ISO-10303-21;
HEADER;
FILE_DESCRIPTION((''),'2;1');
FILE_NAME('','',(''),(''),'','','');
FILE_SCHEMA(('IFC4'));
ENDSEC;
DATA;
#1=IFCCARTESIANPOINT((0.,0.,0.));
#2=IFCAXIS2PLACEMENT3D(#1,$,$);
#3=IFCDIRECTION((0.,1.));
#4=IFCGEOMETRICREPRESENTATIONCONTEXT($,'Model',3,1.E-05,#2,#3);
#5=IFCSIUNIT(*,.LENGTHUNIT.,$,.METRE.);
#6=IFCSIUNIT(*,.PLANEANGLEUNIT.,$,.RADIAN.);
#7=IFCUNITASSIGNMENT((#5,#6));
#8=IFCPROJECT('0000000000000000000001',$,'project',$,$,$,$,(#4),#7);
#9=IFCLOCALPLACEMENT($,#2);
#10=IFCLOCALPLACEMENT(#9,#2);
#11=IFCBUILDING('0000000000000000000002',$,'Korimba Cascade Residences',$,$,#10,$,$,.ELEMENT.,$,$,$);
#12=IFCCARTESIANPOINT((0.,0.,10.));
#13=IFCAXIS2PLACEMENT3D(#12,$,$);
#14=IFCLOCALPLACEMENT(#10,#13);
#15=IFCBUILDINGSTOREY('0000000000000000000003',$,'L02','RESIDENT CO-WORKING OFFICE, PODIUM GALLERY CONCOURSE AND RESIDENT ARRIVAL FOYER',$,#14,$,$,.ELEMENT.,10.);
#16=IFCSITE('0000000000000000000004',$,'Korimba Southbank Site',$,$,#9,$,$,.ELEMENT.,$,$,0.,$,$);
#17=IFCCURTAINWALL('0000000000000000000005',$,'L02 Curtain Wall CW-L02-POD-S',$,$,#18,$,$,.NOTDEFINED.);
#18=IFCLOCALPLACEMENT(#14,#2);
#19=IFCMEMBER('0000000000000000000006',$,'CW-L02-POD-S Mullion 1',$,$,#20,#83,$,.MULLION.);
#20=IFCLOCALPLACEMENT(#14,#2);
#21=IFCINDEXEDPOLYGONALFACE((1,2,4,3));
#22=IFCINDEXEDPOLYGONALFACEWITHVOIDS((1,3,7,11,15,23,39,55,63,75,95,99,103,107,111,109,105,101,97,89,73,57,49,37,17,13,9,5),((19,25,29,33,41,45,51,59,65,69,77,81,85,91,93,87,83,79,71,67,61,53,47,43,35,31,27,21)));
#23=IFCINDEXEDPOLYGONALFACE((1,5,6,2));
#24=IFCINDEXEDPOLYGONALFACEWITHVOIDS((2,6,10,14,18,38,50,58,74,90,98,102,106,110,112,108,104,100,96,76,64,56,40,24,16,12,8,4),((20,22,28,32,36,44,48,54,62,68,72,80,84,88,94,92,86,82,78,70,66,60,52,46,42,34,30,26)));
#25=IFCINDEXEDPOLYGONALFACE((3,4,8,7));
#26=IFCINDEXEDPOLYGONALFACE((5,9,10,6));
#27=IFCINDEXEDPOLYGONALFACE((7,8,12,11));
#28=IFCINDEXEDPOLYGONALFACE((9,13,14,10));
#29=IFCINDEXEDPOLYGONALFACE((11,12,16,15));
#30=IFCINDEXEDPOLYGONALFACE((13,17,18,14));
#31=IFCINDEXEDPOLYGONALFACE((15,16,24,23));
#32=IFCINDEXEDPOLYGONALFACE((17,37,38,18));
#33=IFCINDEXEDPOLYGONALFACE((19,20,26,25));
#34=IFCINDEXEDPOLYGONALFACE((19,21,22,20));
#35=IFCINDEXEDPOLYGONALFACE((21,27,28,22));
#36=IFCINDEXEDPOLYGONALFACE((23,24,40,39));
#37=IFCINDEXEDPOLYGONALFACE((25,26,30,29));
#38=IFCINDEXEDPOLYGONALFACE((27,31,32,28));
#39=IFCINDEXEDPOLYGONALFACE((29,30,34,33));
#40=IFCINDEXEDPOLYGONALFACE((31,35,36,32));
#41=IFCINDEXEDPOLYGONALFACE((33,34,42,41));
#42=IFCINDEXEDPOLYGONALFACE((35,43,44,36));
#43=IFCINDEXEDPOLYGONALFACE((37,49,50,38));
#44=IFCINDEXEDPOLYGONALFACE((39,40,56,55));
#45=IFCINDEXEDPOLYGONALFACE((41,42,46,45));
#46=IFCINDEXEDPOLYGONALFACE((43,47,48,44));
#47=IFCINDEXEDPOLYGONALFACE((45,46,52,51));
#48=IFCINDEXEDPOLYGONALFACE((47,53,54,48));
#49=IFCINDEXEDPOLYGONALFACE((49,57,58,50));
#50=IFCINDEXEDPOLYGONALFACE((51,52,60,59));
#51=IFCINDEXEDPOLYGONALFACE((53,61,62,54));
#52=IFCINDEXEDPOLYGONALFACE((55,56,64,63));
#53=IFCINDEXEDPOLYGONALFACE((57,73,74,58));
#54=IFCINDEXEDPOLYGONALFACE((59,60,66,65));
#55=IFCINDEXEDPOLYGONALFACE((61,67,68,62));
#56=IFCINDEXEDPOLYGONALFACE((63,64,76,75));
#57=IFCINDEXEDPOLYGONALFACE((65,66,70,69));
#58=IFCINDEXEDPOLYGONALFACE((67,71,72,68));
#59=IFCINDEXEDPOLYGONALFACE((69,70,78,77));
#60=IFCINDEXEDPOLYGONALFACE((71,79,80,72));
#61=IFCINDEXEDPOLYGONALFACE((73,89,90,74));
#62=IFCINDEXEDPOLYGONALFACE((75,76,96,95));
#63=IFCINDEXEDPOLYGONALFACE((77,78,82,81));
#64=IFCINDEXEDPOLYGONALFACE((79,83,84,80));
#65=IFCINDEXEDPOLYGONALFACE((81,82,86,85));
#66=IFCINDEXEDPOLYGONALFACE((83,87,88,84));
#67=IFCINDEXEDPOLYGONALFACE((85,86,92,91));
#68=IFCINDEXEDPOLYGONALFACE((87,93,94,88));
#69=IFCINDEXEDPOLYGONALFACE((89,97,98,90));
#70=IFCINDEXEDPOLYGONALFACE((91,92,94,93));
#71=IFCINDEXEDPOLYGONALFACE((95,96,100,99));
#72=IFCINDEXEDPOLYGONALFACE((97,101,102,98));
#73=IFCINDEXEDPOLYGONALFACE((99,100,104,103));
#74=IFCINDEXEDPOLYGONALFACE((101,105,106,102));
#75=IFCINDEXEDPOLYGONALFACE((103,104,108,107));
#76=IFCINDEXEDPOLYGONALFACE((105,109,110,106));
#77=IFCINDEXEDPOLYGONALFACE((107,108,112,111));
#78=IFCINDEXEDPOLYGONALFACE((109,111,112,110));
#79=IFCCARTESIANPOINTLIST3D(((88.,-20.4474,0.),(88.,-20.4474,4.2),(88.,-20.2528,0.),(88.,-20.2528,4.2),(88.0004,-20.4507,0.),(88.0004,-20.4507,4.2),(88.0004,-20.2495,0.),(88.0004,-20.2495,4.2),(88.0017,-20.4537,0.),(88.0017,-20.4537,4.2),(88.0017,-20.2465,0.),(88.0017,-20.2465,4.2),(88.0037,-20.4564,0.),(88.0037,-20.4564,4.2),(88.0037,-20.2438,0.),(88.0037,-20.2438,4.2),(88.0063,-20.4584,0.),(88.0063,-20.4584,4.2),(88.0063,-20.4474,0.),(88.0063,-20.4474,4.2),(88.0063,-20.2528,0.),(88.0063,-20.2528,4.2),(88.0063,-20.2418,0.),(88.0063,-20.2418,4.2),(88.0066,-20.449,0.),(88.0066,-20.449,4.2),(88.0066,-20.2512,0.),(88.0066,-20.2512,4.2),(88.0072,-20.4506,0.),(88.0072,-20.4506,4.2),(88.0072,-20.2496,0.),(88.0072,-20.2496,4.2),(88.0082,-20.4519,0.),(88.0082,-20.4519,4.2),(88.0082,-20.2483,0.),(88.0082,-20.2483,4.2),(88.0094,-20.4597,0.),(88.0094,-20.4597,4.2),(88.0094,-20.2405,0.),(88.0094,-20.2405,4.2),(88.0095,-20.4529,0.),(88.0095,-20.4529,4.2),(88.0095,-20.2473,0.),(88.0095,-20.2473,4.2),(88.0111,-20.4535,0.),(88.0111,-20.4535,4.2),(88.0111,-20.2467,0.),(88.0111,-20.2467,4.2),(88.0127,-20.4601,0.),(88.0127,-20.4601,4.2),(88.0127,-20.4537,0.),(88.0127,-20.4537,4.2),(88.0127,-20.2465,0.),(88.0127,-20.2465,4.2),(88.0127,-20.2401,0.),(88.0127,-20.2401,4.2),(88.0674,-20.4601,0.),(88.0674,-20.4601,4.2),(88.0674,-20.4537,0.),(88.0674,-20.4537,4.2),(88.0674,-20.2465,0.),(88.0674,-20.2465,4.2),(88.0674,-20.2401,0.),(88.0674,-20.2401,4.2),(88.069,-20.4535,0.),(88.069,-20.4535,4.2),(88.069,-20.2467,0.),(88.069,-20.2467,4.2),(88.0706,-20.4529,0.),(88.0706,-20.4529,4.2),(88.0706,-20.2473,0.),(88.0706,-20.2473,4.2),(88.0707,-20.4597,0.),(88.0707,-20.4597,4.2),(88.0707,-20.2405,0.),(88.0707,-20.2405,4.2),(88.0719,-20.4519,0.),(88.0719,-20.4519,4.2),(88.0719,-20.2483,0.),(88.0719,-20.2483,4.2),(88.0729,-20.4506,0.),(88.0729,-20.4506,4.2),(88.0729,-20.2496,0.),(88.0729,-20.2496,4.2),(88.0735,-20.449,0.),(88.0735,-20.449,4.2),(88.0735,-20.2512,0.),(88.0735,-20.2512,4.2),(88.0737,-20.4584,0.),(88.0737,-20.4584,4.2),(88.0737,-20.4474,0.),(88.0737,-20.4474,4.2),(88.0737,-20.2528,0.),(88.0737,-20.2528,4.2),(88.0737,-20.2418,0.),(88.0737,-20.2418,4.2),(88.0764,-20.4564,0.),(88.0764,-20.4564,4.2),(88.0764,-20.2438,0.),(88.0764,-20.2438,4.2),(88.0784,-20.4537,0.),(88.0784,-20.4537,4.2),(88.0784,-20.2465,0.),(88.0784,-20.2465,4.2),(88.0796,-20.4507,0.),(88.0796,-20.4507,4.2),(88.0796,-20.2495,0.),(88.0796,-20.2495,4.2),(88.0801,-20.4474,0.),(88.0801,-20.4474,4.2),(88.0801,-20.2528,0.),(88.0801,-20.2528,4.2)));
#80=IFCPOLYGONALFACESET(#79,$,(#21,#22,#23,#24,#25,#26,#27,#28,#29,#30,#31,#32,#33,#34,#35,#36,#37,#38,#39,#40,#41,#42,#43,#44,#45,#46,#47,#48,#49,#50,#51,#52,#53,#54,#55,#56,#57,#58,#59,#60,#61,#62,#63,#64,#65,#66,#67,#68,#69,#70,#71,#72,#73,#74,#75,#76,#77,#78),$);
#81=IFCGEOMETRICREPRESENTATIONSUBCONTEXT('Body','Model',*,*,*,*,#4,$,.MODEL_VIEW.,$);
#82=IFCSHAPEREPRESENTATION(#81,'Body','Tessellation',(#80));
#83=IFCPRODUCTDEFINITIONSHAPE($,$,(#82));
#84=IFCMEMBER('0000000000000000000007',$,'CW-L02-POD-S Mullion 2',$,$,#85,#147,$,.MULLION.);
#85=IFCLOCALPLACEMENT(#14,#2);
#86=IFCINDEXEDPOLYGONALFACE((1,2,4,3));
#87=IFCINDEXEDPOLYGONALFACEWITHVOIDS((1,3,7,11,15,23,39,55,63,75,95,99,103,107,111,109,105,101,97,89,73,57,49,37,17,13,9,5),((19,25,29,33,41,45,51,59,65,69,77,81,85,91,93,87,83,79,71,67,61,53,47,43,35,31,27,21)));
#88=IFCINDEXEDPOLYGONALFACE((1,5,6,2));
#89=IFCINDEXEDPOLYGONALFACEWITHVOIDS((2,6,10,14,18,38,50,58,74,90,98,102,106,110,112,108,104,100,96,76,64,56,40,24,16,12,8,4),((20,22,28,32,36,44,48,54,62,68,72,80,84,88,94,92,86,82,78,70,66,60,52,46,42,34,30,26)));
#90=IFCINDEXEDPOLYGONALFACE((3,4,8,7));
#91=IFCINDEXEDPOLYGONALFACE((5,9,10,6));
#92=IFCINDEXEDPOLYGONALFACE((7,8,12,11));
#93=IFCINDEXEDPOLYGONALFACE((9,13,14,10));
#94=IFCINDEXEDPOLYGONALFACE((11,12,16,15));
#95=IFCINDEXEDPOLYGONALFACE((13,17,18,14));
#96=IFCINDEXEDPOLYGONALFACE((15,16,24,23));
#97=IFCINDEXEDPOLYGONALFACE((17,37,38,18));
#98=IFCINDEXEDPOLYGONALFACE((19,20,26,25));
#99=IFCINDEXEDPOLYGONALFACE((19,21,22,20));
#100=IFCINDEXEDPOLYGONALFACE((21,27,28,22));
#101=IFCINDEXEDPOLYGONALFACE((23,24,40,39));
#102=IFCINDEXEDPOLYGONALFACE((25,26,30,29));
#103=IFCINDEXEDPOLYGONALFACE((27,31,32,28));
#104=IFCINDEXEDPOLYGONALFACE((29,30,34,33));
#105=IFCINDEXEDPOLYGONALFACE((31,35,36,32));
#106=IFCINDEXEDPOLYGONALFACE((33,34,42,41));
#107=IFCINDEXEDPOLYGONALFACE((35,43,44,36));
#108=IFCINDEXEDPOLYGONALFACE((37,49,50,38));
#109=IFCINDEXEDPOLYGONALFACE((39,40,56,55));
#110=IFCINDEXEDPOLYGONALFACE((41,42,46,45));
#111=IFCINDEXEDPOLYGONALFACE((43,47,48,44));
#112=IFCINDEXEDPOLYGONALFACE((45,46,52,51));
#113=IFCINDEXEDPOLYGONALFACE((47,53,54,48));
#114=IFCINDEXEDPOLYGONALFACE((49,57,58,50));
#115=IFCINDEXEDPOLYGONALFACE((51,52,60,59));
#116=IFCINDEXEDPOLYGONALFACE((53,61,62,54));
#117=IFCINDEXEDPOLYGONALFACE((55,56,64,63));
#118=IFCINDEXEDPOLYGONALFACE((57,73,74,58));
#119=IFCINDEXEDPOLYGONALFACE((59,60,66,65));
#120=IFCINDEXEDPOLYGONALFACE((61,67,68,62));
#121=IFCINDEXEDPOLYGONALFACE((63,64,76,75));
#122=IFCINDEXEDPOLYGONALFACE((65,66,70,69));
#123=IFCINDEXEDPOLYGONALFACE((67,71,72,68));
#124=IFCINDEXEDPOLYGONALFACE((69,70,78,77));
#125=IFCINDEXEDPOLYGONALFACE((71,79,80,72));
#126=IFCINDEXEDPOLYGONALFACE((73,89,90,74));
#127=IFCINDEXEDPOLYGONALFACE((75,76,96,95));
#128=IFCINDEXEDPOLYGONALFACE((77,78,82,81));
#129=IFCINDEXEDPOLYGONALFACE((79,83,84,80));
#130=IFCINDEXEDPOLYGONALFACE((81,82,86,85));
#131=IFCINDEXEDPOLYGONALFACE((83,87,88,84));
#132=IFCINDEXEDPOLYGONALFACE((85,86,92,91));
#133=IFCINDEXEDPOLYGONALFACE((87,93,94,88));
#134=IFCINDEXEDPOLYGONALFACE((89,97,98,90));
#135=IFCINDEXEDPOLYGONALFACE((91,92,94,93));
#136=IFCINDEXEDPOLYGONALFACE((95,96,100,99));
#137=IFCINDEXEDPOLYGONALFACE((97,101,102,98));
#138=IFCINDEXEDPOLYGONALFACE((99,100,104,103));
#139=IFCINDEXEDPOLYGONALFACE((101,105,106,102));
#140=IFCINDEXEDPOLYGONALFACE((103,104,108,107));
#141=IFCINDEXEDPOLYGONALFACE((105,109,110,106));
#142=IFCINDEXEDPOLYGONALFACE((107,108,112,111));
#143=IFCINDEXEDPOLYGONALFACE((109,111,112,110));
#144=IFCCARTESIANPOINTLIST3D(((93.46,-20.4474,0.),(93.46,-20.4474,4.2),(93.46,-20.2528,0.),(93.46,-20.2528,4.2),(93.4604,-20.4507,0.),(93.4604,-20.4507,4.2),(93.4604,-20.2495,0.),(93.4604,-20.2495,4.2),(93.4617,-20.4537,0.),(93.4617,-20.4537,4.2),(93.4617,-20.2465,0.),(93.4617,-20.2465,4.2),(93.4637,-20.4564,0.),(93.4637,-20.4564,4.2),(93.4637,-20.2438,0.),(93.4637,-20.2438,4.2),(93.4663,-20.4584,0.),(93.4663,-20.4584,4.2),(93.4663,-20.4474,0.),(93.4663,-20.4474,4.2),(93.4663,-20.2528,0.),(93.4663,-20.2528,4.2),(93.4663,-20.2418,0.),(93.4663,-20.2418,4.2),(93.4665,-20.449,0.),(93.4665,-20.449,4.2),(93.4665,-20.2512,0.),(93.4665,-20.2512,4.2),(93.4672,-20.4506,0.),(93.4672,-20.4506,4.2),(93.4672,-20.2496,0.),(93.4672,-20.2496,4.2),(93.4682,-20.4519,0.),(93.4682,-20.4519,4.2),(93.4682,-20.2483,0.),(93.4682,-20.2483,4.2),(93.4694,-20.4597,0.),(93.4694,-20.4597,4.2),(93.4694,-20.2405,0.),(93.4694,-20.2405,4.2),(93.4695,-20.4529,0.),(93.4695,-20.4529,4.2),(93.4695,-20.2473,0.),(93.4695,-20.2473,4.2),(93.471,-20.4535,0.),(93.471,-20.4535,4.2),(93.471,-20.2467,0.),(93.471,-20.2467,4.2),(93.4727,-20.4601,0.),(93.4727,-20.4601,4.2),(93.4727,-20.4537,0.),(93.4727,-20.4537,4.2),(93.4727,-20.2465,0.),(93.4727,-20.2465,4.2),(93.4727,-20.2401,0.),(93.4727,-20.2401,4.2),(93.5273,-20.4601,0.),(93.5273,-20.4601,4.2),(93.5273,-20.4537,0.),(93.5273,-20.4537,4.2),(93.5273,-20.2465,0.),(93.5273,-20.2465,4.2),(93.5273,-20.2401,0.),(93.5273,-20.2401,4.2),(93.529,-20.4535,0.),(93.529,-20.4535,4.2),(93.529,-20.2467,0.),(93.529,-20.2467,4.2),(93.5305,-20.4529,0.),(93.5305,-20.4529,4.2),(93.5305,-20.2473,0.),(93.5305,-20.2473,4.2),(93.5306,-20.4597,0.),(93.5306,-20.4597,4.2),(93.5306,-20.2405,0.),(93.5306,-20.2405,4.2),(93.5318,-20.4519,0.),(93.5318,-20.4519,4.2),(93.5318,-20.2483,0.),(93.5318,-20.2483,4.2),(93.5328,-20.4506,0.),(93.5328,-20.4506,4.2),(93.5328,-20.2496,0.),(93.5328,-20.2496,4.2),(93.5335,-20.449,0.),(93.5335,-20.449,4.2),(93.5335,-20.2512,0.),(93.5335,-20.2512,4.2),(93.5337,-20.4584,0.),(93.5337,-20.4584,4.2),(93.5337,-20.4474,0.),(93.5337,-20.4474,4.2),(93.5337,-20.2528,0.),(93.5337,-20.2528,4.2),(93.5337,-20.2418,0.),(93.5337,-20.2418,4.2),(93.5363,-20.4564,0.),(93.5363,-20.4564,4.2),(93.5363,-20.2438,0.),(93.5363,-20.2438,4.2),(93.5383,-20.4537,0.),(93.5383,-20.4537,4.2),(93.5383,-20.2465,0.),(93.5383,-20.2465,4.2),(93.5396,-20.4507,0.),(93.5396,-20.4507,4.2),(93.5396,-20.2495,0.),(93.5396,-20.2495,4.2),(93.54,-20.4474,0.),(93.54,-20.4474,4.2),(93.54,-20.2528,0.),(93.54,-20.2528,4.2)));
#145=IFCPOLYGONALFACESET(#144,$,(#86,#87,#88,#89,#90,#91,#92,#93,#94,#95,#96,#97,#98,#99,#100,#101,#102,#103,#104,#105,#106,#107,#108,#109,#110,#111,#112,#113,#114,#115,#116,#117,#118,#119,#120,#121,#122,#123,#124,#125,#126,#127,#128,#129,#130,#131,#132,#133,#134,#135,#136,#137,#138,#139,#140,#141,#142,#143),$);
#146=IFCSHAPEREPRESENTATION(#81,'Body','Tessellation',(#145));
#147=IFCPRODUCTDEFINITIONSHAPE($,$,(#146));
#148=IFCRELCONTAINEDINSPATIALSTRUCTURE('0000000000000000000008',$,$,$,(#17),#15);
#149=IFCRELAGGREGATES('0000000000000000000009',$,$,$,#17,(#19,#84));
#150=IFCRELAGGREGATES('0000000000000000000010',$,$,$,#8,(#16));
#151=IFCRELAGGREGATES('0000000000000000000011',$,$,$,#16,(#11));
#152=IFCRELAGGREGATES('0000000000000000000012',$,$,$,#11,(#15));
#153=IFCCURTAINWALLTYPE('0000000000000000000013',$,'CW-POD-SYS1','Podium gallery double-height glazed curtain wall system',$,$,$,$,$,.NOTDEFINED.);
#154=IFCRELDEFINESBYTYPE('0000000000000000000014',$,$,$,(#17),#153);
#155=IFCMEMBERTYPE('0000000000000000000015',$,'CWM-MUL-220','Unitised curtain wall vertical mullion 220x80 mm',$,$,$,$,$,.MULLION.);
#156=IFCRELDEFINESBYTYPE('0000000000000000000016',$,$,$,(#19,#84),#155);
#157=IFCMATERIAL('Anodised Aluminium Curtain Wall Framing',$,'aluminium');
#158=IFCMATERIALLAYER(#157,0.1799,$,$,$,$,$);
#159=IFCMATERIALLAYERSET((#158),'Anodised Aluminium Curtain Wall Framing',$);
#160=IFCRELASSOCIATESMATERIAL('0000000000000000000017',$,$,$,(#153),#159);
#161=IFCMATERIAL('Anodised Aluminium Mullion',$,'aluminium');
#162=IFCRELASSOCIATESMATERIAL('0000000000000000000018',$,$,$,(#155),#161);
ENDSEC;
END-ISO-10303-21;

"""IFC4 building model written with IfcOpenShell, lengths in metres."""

from ifc_helpers import new_model, si_unit, direction, frame, origin, origin_2d, place, context, subcontext, project, spatial, hollow_rectangle, extrude, material, layer, layer_set, material_profile, profile_set, type_object, element, aggregate, save


model = new_model("IFC4")

# Units and contexts
model_context = context("Model", 3, precision=1e-05, world=origin(), true_north=direction((0.0, 1.0)))
body_context = subcontext(model_context, "Body", "Model", "MODEL_VIEW")
ifc_project = project(units=[si_unit("LENGTHUNIT", "METRE"), si_unit("PLANEANGLEUNIT", "RADIAN")], contexts=[model_context])

# Site, building, storey
site_placement = place(None, origin())
site = spatial("IfcSite", under=ifc_project, at=site_placement, Name="Korimba Southbank Site", CompositionType="ELEMENT", RefElevation=0.0)
building_placement = place(site_placement, origin())
building = spatial("IfcBuilding", under=site, at=building_placement, Name="Korimba Cascade Residences", CompositionType="ELEMENT")
storey_placement = place(building_placement, frame((0.0, 0.0, 10.0)))
storey = spatial("IfcBuildingStorey", under=building, at=storey_placement, Name="L02", Description="RESIDENT CO-WORKING OFFICE, PODIUM GALLERY CONCOURSE AND RESIDENT ARRIVAL FOYER", CompositionType="ELEMENT", Elevation=10.0)

# Curtain wall, members
ifc_material_1 = material(Name="Anodised Aluminium Curtain Wall Framing", Category="aluminium")
ifc_layer_1 = layer(ifc_material_1, 0.1799)
ifc_layer_set_1 = layer_set([ifc_layer_1], Name="Anodised Aluminium Curtain Wall Framing")
curtain_wall_type = type_object("IfcCurtainWallType", Name="CW-POD-SYS1", Description="Podium gallery double-height glazed curtain wall system", PredefinedType="NOTDEFINED", material=ifc_layer_set_1)
curtain_wall_placement = place(storey_placement, origin())
curtain_wall = element("IfcCurtainWall", 1, at=curtain_wall_placement, inside=storey, type_object=curtain_wall_type, Name="L02 Curtain Wall CW-L02-POD-S", PredefinedType="NOTDEFINED")
ifc_material_2 = material(Name="Anodised Aluminium Mullion", Category="aluminium")
ifc_material_profile_1 = material_profile(ifc_material_2, hollow_rectangle(XDim=0.0801, YDim=0.22, WallThickness=0.0063, InnerFilletRadius=0.0063, OuterFilletRadius=0.0127, at=origin_2d()), Name="Anodised Aluminium Mullion")
ifc_profile_set_1 = profile_set([ifc_material_profile_1], Name="Anodised Aluminium Mullion")
member_type_1 = type_object("IfcMemberType", Name="CWM-MUL-220", Description="Unitised curtain wall vertical mullion 220x80 mm", PredefinedType="MULLION", material=ifc_profile_set_1)
member_1_placement = place(storey_placement, frame((88.04, -20.3501, 0.0), z_axis=(0.0, 0.0, 1.0), x_axis=(1.0, 0.0, 0.0)))
member_1 = element("IfcMember", 2, at=member_1_placement, type_object=member_type_1, Name="CW-L02-POD-S Mullion 1", PredefinedType="MULLION", context=body_context, shape_type="SweptSolid", body=[
    extrude(hollow_rectangle(XDim=0.0801, YDim=0.22, WallThickness=0.0063, InnerFilletRadius=0.0063, OuterFilletRadius=0.0127, at=origin_2d()), origin(), (0.0, 0.0, 1.0), 4.2),
])
member_2_placement = place(storey_placement, frame((93.5, -20.3501, 0.0), z_axis=(0.0, 0.0, 1.0), x_axis=(1.0, 0.0, 0.0)))
member_2 = element("IfcMember", 3, at=member_2_placement, type_object=member_type_1, Name="CW-L02-POD-S Mullion 2", PredefinedType="MULLION", context=body_context, shape_type="SweptSolid", body=[
    extrude(hollow_rectangle(XDim=0.0801, YDim=0.22, WallThickness=0.0063, InnerFilletRadius=0.0063, OuterFilletRadius=0.0127, at=origin_2d()), origin(), (0.0, 0.0, 1.0), 4.2),
])
aggregate(curtain_wall, [member_1, member_2])

save(model, "model.ifc")
